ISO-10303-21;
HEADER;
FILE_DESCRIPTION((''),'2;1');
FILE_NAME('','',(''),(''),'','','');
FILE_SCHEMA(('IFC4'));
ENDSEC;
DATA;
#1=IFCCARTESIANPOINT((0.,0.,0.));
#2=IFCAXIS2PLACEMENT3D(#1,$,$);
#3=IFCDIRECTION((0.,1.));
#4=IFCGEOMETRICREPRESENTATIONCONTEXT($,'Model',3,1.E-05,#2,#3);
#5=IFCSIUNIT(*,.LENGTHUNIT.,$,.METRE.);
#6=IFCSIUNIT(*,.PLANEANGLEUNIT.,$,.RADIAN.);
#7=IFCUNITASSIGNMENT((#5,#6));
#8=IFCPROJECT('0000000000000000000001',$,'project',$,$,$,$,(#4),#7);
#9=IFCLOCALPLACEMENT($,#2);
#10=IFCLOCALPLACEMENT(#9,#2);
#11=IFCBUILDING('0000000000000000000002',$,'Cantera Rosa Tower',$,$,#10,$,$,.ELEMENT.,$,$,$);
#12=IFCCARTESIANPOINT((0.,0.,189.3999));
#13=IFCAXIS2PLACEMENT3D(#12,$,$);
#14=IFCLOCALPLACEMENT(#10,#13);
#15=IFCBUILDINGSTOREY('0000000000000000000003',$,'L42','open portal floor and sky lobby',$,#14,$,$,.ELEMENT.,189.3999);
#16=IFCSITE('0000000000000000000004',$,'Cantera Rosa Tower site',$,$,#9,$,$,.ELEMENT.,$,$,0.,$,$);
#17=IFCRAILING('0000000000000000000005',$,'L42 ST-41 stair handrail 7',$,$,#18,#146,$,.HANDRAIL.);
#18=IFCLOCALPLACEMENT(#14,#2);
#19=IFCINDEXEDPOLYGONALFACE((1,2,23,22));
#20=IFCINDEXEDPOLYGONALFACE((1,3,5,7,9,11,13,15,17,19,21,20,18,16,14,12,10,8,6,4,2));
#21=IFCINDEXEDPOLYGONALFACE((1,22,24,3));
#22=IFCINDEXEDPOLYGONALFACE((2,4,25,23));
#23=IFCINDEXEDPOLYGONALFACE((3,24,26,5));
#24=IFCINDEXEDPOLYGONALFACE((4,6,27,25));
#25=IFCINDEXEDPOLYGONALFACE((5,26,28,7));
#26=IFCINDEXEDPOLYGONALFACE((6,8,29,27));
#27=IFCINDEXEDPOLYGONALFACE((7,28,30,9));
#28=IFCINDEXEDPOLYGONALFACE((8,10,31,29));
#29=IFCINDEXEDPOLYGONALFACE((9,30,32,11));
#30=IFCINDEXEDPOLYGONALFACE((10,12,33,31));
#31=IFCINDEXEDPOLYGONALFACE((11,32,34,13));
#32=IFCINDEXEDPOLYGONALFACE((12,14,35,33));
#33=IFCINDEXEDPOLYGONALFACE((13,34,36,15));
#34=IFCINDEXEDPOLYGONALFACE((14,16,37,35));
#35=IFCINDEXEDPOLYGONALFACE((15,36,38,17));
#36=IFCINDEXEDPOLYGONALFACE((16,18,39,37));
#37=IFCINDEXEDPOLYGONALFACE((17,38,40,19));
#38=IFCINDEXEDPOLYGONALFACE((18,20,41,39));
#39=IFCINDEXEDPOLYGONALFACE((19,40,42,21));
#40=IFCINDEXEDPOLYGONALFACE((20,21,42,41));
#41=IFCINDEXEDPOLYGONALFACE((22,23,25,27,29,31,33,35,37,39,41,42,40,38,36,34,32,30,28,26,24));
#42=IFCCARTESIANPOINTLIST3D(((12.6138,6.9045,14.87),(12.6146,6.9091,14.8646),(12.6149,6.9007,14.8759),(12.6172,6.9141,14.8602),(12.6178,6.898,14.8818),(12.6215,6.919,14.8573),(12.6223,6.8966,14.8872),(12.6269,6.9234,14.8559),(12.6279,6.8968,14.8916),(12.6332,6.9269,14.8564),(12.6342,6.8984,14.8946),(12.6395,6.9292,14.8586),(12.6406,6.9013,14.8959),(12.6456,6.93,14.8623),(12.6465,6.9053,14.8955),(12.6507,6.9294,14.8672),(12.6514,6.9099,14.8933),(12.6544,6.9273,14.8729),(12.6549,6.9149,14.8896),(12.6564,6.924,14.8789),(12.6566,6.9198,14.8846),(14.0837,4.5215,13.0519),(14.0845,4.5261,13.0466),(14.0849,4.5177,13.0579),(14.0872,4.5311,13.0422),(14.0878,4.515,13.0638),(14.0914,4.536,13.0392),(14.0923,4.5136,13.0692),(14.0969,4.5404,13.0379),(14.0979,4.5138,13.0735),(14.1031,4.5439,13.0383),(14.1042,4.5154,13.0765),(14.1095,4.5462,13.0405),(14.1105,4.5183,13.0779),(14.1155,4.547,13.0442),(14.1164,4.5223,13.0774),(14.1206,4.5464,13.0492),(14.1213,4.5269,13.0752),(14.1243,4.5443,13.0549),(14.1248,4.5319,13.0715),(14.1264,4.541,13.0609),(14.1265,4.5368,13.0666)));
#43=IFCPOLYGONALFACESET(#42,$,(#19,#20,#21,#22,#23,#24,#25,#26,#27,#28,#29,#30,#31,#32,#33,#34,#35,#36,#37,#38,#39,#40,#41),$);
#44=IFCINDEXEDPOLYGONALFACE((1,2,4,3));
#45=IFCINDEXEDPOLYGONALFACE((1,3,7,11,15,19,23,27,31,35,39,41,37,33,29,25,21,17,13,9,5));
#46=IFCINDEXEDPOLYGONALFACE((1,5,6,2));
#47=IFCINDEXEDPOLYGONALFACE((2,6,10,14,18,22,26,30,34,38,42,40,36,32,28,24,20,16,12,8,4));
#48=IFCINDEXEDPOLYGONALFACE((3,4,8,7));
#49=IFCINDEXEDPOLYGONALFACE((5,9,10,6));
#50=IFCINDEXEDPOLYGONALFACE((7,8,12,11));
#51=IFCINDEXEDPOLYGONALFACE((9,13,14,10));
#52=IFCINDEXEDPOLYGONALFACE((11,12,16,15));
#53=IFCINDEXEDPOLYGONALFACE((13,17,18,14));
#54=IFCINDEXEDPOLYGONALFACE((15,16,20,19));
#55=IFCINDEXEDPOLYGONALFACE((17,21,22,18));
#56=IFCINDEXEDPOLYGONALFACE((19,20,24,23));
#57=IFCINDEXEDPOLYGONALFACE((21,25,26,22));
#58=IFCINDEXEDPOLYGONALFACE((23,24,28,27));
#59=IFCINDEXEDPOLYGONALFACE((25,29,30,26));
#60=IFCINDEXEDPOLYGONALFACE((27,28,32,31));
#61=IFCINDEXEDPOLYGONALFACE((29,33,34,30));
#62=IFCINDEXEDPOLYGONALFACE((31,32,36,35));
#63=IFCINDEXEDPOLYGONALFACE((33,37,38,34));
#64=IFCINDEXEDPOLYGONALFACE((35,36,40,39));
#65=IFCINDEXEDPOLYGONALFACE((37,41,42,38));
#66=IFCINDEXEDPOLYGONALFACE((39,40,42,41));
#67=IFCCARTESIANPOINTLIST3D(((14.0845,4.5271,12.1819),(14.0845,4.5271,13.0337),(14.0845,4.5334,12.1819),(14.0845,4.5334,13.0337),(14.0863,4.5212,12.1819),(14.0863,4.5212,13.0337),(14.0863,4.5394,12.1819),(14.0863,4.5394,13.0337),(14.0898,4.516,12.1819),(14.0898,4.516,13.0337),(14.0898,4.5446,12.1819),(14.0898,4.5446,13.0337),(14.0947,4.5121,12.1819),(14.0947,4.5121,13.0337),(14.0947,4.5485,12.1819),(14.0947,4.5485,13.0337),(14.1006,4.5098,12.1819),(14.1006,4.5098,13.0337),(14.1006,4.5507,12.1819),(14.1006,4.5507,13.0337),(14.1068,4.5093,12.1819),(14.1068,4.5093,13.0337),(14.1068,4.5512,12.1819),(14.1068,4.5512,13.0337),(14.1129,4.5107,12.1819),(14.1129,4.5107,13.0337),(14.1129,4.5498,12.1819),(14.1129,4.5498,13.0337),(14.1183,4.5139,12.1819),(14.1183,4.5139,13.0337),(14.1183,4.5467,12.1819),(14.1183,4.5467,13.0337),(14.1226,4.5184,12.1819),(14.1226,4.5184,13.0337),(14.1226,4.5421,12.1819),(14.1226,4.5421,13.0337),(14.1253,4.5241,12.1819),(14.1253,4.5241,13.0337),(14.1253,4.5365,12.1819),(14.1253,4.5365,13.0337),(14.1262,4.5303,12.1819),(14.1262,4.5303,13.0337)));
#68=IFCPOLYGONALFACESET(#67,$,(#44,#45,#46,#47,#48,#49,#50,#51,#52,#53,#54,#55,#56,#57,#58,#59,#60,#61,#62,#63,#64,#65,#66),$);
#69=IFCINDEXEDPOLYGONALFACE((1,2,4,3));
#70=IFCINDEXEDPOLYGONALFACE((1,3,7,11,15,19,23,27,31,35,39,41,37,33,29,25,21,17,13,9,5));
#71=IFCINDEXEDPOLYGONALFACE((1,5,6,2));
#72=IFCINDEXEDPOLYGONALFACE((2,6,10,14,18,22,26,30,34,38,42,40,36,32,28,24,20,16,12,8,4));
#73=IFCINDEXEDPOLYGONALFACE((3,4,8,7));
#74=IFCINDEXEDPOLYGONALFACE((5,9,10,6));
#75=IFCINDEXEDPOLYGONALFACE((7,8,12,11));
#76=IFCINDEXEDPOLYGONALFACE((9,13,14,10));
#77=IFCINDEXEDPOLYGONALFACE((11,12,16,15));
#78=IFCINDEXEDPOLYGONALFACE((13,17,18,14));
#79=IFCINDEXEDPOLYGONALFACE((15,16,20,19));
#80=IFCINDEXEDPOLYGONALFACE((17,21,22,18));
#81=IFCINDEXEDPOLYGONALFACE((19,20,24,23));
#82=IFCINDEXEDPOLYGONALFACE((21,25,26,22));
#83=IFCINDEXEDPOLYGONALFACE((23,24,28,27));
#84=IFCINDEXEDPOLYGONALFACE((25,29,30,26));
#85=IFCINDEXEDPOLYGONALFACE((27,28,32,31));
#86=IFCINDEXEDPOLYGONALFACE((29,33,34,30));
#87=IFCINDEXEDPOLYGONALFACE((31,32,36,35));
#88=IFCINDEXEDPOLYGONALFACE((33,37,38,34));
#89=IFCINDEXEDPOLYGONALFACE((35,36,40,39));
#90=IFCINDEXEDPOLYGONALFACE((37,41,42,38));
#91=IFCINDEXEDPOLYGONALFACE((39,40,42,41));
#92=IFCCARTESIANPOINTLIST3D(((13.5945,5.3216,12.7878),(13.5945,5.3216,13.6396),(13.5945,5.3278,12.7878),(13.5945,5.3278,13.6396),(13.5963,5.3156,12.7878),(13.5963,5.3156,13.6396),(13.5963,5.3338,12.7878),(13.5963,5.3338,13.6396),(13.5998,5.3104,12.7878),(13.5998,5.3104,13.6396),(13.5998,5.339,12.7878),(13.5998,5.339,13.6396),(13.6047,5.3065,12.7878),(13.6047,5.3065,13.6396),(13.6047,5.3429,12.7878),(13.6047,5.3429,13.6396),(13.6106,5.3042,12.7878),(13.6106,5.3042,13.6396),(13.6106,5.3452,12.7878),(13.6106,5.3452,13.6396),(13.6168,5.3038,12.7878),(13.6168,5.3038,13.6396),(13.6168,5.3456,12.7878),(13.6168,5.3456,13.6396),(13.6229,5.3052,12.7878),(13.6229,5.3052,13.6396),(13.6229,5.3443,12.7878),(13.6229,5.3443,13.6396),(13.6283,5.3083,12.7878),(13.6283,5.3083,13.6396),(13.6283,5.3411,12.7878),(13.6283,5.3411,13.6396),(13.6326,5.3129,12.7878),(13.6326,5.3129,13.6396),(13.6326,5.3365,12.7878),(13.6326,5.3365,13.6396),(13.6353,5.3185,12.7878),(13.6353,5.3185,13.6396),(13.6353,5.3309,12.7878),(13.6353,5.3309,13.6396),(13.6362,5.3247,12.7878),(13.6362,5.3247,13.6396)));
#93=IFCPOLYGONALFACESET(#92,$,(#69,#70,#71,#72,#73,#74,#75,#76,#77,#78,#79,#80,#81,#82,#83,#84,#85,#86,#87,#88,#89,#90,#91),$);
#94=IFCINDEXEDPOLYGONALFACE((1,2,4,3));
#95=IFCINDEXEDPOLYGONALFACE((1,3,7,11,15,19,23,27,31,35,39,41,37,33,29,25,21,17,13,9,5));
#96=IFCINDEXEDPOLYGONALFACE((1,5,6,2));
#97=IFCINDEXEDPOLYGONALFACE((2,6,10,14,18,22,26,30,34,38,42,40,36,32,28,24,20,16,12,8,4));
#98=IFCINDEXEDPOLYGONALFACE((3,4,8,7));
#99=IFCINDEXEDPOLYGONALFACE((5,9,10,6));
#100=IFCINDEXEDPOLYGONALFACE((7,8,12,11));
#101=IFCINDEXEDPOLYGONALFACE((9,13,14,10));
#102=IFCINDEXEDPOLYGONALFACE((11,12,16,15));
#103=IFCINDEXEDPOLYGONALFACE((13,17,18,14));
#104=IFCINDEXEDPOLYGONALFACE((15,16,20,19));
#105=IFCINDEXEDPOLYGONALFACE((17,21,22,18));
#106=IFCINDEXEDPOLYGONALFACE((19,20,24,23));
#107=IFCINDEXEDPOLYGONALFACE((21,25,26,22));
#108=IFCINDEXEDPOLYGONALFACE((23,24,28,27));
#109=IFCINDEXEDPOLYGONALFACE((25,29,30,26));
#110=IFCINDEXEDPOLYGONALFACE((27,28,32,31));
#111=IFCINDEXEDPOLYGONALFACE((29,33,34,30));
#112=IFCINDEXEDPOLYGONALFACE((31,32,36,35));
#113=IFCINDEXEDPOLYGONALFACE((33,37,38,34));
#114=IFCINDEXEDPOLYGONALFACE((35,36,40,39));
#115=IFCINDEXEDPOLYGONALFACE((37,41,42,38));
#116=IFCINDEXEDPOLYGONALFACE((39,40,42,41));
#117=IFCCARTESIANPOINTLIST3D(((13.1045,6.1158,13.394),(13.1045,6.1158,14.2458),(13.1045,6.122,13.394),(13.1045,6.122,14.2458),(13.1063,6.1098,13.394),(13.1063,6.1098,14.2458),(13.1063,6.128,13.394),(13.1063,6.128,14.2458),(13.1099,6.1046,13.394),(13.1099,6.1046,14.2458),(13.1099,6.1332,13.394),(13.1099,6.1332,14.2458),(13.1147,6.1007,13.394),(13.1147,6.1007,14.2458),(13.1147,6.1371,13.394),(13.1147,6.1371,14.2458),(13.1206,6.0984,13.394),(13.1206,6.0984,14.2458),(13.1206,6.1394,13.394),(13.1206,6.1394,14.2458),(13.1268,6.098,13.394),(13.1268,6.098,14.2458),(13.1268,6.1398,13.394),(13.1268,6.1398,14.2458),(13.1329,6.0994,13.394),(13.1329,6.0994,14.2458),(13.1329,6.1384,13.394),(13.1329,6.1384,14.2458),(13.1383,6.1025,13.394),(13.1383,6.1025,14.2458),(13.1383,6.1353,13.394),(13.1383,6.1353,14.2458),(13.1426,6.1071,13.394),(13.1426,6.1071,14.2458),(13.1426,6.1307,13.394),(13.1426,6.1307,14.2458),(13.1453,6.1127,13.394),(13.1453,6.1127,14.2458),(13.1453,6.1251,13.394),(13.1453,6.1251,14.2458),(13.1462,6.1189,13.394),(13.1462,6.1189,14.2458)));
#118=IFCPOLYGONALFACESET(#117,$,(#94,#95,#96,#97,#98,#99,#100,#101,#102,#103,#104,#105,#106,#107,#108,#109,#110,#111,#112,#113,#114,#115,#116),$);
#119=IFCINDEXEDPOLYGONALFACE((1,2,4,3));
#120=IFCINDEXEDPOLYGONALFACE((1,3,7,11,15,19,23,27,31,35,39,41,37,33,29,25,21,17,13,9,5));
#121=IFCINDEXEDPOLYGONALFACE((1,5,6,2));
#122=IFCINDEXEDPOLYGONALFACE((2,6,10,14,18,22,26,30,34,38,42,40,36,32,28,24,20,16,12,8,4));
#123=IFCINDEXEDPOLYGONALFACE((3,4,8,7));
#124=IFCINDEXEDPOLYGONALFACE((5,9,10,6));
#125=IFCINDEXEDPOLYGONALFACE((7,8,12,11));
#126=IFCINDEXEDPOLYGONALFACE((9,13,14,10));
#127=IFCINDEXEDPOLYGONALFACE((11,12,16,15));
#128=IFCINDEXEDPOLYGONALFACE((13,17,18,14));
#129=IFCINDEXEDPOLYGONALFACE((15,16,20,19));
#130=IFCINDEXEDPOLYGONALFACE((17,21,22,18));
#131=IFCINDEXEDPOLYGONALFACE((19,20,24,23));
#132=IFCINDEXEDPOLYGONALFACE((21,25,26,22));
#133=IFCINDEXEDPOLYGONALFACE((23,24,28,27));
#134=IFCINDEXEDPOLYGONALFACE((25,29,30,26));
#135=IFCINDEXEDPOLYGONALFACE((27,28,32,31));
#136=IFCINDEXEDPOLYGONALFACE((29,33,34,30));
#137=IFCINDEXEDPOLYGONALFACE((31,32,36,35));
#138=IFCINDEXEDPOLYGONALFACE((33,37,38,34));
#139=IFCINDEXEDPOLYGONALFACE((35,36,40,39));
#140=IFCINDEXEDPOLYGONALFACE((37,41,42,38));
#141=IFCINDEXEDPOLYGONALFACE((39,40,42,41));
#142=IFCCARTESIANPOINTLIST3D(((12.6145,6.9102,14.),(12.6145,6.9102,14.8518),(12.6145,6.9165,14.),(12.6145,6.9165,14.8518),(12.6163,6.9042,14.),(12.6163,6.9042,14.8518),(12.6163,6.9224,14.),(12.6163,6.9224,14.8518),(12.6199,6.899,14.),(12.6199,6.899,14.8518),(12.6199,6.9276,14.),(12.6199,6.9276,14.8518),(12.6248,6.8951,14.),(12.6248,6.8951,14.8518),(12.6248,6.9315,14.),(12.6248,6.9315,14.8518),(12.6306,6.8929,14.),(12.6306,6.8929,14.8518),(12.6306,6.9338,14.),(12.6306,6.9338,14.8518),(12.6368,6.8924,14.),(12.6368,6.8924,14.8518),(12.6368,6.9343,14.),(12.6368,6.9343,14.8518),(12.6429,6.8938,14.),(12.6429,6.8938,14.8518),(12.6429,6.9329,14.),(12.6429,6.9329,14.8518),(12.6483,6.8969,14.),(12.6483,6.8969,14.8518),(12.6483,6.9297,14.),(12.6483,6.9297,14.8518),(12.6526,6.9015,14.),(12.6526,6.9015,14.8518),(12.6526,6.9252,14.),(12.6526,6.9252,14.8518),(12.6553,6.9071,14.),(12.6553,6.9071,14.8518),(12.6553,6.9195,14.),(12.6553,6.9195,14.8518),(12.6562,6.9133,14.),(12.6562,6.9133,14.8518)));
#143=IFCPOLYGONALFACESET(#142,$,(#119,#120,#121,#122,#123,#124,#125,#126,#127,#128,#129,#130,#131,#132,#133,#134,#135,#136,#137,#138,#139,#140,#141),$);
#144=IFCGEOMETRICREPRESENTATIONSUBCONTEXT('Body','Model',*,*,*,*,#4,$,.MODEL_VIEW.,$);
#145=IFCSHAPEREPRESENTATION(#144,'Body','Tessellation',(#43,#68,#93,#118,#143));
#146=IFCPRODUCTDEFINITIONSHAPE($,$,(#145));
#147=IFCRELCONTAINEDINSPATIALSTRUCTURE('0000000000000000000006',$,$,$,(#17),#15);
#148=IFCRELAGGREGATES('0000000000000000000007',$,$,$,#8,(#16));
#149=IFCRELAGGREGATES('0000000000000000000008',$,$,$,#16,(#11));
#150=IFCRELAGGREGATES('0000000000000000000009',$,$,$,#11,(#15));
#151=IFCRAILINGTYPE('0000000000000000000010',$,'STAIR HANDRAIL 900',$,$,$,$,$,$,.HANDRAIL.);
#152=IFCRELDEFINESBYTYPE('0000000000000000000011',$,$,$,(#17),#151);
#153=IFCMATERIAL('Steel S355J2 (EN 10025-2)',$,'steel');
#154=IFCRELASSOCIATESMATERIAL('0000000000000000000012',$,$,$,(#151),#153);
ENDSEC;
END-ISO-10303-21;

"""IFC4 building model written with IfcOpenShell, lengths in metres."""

from ifc_helpers import new_model, si_unit, direction, frame, origin, origin_2d, place, context, subcontext, project, spatial, circle, extrude, material, type_object, element, save


model = new_model("IFC4")

# Units and contexts
model_context = context("Model", 3, precision=1e-05, world=origin(), true_north=direction((0.0, 1.0)))
body_context = subcontext(model_context, "Body", "Model", "MODEL_VIEW")
ifc_project = project(units=[si_unit("LENGTHUNIT", "METRE"), si_unit("PLANEANGLEUNIT", "RADIAN")], contexts=[model_context])

# Site, building, storey
site_placement = place(None, origin())
site = spatial("IfcSite", under=ifc_project, at=site_placement, Name="Cantera Rosa Tower site", CompositionType="ELEMENT", RefElevation=0.0)
building_placement = place(site_placement, origin())
building = spatial("IfcBuilding", under=site, at=building_placement, Name="Cantera Rosa Tower", CompositionType="ELEMENT")
storey_placement = place(building_placement, frame((0.0, 0.0, 189.3999)))
storey = spatial("IfcBuildingStorey", under=building, at=storey_placement, Name="L42", Description="open portal floor and sky lobby", CompositionType="ELEMENT", Elevation=189.3999)

# Railing
ifc_material_1 = material(Name="Steel S355J2 (EN 10025-2)", Category="steel")
railing_type_1 = type_object("IfcRailingType", Name="STAIR HANDRAIL 900", PredefinedType="HANDRAIL", material=ifc_material_1)
for number, where, name in (
    (1, (14.1052, 4.5303, 12.1819), "L42 ST-41 stair handrail 7"),
):
    element("IfcRailing", number, at=place(storey_placement, frame(where)), inside=storey, type_object=railing_type_1, Name=name, PredefinedType="HANDRAIL", context=body_context, shape_type="SweptSolid", body=[
        extrude(circle(Radius=0.0239, at=origin_2d()), frame((0.0, 0.0, 0.876), z_axis=(-0.440314, 0.713819, 0.544597), x_axis=(-0.851104, -0.524997, 0.0)), (0.0, 0.0, 1.0), 3.3384),
        extrude(circle(Radius=0.021, at=origin_2d()), origin(), (0.0, 0.0, 1.0), 0.8518),
        extrude(circle(Radius=0.021, at=origin_2d()), frame((-0.49, 0.7944, 0.606)), (0.0, 0.0, 1.0), 0.8518),
        extrude(circle(Radius=0.021, at=origin_2d()), frame((-0.98, 1.5886, 1.2122)), (0.0, 0.0, 1.0), 0.8518),
        extrude(circle(Radius=0.021, at=origin_2d()), frame((-1.47, 2.3831, 1.8181)), (0.0, 0.0, 1.0), 0.8518),
    ])

save(model, "model.ifc")
